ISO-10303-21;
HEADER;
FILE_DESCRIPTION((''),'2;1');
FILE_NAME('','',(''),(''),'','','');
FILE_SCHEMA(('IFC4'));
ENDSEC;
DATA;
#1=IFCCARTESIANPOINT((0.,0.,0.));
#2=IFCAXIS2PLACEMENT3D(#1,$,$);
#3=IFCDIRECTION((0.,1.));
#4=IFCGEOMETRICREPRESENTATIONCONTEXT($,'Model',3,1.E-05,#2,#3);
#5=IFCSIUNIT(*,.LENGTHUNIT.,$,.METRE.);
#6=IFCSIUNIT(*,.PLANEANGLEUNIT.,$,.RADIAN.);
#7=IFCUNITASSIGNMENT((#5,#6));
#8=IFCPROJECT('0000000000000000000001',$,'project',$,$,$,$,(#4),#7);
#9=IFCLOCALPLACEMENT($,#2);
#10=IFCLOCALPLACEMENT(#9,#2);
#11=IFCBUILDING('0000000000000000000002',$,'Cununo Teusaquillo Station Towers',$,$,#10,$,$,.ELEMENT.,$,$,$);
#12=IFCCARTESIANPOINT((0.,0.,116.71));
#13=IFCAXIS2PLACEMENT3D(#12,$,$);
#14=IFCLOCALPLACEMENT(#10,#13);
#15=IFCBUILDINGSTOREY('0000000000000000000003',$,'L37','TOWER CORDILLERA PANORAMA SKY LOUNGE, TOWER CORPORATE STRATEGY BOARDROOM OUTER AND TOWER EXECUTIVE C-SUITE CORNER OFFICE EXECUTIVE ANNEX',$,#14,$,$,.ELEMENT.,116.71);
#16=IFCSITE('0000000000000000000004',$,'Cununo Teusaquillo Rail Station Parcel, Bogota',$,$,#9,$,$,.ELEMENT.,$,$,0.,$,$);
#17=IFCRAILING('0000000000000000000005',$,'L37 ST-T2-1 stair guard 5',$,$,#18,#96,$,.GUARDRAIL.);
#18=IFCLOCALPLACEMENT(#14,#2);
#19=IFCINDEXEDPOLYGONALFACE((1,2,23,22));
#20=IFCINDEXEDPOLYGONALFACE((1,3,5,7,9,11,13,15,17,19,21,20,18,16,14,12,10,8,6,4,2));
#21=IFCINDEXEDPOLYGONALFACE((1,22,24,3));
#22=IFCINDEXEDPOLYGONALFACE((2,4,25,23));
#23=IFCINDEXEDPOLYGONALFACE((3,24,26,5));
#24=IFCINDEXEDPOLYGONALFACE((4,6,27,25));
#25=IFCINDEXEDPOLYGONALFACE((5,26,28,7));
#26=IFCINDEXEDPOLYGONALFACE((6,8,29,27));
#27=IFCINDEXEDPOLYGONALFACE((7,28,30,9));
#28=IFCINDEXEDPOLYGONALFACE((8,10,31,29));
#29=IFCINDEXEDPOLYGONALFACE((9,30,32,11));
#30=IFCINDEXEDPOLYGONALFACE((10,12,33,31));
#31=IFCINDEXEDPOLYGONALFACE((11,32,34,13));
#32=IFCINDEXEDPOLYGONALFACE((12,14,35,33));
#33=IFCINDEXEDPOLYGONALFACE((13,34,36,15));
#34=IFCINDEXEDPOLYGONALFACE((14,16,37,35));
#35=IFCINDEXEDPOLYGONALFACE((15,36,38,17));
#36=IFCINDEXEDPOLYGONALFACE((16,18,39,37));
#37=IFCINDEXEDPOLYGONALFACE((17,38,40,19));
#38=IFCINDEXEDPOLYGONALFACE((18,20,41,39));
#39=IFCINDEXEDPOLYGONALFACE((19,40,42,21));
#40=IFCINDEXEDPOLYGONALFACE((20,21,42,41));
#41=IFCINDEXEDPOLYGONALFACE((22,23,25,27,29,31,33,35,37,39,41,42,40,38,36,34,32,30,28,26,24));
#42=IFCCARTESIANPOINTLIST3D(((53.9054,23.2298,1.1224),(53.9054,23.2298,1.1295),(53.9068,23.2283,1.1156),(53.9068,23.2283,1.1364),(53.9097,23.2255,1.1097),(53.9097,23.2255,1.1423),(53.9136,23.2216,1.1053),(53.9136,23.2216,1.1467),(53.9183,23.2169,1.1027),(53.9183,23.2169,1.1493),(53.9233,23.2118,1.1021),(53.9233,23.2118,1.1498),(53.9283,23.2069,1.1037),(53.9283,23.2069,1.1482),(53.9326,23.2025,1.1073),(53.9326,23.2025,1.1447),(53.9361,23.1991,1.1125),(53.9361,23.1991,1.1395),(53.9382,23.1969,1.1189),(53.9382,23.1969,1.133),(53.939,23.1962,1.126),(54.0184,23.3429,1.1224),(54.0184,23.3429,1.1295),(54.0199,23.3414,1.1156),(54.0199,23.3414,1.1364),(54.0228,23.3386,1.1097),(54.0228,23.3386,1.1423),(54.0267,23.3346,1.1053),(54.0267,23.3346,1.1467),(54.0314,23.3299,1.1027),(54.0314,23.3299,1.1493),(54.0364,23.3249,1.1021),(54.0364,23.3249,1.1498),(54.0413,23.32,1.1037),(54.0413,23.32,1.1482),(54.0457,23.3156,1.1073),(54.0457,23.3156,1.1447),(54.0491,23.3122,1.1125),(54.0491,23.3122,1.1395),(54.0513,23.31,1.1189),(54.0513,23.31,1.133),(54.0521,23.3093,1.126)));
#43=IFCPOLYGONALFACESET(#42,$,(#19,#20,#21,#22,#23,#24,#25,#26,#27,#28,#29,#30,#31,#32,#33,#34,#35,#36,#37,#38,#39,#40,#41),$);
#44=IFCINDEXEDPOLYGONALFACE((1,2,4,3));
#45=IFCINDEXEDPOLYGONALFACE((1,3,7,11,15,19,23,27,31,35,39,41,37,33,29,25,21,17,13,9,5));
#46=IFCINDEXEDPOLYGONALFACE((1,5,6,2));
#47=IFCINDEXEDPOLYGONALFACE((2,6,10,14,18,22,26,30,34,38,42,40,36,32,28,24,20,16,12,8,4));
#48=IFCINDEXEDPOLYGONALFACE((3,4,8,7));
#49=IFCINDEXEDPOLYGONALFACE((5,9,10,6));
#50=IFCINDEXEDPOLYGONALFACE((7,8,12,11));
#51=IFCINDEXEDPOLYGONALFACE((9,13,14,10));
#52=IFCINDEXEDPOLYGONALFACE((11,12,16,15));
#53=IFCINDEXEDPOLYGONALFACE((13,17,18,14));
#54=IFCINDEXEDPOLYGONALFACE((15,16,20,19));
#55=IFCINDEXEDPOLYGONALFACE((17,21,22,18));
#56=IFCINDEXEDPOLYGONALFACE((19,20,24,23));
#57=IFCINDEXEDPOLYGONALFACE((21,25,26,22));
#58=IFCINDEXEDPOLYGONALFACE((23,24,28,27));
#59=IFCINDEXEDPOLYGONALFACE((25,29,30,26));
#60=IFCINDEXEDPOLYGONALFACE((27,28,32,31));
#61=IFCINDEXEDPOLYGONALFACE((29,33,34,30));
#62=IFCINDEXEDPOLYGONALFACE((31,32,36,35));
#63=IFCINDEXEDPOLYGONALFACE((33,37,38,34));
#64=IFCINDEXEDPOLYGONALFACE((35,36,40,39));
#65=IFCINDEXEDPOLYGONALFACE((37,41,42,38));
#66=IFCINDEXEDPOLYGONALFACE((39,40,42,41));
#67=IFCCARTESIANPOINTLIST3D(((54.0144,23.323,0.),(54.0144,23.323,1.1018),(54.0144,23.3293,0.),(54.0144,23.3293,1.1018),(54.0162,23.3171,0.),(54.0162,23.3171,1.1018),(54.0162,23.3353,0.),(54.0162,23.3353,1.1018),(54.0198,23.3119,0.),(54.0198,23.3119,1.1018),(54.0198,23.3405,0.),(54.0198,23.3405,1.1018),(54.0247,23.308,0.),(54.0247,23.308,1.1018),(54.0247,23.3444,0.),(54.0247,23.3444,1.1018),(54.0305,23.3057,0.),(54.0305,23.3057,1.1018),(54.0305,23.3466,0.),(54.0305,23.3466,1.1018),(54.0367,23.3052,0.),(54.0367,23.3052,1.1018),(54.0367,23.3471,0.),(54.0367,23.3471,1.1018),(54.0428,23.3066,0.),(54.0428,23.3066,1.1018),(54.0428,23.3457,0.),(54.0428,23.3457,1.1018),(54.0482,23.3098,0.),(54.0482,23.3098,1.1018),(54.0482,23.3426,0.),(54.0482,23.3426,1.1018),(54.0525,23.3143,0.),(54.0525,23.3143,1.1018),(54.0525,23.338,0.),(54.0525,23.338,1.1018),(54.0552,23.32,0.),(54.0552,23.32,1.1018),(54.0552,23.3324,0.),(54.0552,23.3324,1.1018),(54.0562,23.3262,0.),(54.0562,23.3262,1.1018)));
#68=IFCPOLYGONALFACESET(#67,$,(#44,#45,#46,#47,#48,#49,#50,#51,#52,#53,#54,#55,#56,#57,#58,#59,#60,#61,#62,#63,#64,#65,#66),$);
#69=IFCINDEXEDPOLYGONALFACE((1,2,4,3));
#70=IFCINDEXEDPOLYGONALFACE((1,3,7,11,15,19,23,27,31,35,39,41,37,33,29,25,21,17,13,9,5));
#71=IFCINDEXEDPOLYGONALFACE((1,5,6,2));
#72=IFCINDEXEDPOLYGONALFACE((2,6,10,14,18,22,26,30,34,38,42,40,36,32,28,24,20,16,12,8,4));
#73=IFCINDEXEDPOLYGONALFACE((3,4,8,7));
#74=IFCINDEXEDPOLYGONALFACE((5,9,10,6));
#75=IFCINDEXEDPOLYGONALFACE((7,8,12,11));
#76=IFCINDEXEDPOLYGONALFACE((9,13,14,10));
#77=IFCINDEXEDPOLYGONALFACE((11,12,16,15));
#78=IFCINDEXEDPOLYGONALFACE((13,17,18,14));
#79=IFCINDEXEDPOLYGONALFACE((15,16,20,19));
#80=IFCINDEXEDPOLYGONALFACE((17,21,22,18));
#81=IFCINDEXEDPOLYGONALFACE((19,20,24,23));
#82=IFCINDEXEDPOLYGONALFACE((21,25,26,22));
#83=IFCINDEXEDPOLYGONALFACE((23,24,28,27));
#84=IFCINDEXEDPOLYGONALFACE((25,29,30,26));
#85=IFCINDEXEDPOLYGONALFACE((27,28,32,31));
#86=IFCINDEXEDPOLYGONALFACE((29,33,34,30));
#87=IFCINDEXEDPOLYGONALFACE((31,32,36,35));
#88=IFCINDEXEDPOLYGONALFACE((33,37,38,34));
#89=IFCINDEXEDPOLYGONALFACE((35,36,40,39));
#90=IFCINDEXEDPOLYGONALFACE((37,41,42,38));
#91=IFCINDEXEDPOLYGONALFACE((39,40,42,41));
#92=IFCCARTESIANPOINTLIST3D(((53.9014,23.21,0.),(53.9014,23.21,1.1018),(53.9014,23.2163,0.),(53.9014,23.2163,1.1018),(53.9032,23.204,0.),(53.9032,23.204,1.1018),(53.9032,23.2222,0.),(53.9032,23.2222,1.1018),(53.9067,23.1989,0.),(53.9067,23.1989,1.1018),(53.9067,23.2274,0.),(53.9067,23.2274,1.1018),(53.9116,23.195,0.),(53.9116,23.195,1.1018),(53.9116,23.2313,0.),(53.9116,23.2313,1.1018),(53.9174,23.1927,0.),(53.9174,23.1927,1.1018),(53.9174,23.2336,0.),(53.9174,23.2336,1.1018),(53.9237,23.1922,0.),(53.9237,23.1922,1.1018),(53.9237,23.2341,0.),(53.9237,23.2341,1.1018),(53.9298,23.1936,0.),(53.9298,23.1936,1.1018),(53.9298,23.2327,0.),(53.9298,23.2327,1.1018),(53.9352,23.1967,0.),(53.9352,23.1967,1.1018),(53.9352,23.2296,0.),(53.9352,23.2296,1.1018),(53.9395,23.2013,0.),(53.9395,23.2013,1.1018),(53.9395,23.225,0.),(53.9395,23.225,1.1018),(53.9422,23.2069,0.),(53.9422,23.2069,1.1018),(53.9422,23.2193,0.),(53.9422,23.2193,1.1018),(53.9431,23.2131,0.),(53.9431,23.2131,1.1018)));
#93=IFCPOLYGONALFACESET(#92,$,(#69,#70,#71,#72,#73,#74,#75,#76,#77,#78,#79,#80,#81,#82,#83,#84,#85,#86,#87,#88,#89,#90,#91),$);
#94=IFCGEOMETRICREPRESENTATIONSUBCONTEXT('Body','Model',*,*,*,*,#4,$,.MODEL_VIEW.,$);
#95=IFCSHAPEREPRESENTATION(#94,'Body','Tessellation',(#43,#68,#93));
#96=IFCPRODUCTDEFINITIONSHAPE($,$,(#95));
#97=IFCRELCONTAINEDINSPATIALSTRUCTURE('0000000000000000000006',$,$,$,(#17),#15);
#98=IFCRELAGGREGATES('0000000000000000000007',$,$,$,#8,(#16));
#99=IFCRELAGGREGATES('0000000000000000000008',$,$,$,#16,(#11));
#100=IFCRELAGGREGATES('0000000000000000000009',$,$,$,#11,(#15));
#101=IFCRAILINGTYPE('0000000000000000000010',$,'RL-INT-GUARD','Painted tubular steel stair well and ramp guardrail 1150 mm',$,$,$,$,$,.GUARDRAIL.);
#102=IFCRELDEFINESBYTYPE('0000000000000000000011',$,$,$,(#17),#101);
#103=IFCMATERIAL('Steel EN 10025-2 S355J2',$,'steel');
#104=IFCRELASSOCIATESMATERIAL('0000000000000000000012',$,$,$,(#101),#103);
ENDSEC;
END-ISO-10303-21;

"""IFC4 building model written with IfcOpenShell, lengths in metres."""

from ifc_helpers import new_model, si_unit, direction, frame, origin, origin_2d, place, context, subcontext, project, spatial, circle, extrude, material, type_object, element, save


model = new_model("IFC4")

# Units and contexts
model_context = context("Model", 3, precision=1e-05, world=origin(), true_north=direction((0.0, 1.0)))
body_context = subcontext(model_context, "Body", "Model", "MODEL_VIEW")
ifc_project = project(units=[si_unit("LENGTHUNIT", "METRE"), si_unit("PLANEANGLEUNIT", "RADIAN")], contexts=[model_context])

# Site, building, storey
site_placement = place(None, origin())
site = spatial("IfcSite", under=ifc_project, at=site_placement, Name="Cununo Teusaquillo Rail Station Parcel, Bogota", CompositionType="ELEMENT", RefElevation=0.0)
building_placement = place(site_placement, origin())
building = spatial("IfcBuilding", under=site, at=building_placement, Name="Cununo Teusaquillo Station Towers", CompositionType="ELEMENT")
storey_placement = place(building_placement, frame((0.0, 0.0, 116.71)))
storey = spatial("IfcBuildingStorey", under=building, at=storey_placement, Name="L37", Description="TOWER CORDILLERA PANORAMA SKY LOUNGE, TOWER CORPORATE STRATEGY BOARDROOM OUTER AND TOWER EXECUTIVE C-SUITE CORNER OFFICE EXECUTIVE ANNEX", CompositionType="ELEMENT", Elevation=116.71)

# Railing
ifc_material_1 = material(Name="Steel EN 10025-2 S355J2", Category="steel")
railing_type_1 = type_object("IfcRailingType", Name="RL-INT-GUARD", Description="Painted tubular steel stair well and ramp guardrail 1150 mm", PredefinedType="GUARDRAIL", material=ifc_material_1)
railing_1_placement = place(storey_placement, frame((54.0352, 23.3262, 0.0)))
element("IfcRailing", 1, at=railing_1_placement, inside=storey, type_object=railing_type_1, Name="L37 ST-T2-1 stair guard 5", PredefinedType="GUARDRAIL", context=body_context, shape_type="SweptSolid", body=[
    extrude(circle(Radius=0.0239, at=origin_2d()), frame((0.0, 0.0, 1.126), z_axis=(-0.707107, -0.707107, 0.0), x_axis=(0.707107, -0.707107, 0.0)), (0.0, 0.0, 1.0), 0.1599),
    extrude(circle(Radius=0.021, at=origin_2d()), origin(), (0.0, 0.0, 1.0), 1.1018),
    extrude(circle(Radius=0.021, at=origin_2d()), frame((-0.113, -0.113, 0.0)), (0.0, 0.0, 1.0), 1.1018),
])

save(model, "model.ifc")
